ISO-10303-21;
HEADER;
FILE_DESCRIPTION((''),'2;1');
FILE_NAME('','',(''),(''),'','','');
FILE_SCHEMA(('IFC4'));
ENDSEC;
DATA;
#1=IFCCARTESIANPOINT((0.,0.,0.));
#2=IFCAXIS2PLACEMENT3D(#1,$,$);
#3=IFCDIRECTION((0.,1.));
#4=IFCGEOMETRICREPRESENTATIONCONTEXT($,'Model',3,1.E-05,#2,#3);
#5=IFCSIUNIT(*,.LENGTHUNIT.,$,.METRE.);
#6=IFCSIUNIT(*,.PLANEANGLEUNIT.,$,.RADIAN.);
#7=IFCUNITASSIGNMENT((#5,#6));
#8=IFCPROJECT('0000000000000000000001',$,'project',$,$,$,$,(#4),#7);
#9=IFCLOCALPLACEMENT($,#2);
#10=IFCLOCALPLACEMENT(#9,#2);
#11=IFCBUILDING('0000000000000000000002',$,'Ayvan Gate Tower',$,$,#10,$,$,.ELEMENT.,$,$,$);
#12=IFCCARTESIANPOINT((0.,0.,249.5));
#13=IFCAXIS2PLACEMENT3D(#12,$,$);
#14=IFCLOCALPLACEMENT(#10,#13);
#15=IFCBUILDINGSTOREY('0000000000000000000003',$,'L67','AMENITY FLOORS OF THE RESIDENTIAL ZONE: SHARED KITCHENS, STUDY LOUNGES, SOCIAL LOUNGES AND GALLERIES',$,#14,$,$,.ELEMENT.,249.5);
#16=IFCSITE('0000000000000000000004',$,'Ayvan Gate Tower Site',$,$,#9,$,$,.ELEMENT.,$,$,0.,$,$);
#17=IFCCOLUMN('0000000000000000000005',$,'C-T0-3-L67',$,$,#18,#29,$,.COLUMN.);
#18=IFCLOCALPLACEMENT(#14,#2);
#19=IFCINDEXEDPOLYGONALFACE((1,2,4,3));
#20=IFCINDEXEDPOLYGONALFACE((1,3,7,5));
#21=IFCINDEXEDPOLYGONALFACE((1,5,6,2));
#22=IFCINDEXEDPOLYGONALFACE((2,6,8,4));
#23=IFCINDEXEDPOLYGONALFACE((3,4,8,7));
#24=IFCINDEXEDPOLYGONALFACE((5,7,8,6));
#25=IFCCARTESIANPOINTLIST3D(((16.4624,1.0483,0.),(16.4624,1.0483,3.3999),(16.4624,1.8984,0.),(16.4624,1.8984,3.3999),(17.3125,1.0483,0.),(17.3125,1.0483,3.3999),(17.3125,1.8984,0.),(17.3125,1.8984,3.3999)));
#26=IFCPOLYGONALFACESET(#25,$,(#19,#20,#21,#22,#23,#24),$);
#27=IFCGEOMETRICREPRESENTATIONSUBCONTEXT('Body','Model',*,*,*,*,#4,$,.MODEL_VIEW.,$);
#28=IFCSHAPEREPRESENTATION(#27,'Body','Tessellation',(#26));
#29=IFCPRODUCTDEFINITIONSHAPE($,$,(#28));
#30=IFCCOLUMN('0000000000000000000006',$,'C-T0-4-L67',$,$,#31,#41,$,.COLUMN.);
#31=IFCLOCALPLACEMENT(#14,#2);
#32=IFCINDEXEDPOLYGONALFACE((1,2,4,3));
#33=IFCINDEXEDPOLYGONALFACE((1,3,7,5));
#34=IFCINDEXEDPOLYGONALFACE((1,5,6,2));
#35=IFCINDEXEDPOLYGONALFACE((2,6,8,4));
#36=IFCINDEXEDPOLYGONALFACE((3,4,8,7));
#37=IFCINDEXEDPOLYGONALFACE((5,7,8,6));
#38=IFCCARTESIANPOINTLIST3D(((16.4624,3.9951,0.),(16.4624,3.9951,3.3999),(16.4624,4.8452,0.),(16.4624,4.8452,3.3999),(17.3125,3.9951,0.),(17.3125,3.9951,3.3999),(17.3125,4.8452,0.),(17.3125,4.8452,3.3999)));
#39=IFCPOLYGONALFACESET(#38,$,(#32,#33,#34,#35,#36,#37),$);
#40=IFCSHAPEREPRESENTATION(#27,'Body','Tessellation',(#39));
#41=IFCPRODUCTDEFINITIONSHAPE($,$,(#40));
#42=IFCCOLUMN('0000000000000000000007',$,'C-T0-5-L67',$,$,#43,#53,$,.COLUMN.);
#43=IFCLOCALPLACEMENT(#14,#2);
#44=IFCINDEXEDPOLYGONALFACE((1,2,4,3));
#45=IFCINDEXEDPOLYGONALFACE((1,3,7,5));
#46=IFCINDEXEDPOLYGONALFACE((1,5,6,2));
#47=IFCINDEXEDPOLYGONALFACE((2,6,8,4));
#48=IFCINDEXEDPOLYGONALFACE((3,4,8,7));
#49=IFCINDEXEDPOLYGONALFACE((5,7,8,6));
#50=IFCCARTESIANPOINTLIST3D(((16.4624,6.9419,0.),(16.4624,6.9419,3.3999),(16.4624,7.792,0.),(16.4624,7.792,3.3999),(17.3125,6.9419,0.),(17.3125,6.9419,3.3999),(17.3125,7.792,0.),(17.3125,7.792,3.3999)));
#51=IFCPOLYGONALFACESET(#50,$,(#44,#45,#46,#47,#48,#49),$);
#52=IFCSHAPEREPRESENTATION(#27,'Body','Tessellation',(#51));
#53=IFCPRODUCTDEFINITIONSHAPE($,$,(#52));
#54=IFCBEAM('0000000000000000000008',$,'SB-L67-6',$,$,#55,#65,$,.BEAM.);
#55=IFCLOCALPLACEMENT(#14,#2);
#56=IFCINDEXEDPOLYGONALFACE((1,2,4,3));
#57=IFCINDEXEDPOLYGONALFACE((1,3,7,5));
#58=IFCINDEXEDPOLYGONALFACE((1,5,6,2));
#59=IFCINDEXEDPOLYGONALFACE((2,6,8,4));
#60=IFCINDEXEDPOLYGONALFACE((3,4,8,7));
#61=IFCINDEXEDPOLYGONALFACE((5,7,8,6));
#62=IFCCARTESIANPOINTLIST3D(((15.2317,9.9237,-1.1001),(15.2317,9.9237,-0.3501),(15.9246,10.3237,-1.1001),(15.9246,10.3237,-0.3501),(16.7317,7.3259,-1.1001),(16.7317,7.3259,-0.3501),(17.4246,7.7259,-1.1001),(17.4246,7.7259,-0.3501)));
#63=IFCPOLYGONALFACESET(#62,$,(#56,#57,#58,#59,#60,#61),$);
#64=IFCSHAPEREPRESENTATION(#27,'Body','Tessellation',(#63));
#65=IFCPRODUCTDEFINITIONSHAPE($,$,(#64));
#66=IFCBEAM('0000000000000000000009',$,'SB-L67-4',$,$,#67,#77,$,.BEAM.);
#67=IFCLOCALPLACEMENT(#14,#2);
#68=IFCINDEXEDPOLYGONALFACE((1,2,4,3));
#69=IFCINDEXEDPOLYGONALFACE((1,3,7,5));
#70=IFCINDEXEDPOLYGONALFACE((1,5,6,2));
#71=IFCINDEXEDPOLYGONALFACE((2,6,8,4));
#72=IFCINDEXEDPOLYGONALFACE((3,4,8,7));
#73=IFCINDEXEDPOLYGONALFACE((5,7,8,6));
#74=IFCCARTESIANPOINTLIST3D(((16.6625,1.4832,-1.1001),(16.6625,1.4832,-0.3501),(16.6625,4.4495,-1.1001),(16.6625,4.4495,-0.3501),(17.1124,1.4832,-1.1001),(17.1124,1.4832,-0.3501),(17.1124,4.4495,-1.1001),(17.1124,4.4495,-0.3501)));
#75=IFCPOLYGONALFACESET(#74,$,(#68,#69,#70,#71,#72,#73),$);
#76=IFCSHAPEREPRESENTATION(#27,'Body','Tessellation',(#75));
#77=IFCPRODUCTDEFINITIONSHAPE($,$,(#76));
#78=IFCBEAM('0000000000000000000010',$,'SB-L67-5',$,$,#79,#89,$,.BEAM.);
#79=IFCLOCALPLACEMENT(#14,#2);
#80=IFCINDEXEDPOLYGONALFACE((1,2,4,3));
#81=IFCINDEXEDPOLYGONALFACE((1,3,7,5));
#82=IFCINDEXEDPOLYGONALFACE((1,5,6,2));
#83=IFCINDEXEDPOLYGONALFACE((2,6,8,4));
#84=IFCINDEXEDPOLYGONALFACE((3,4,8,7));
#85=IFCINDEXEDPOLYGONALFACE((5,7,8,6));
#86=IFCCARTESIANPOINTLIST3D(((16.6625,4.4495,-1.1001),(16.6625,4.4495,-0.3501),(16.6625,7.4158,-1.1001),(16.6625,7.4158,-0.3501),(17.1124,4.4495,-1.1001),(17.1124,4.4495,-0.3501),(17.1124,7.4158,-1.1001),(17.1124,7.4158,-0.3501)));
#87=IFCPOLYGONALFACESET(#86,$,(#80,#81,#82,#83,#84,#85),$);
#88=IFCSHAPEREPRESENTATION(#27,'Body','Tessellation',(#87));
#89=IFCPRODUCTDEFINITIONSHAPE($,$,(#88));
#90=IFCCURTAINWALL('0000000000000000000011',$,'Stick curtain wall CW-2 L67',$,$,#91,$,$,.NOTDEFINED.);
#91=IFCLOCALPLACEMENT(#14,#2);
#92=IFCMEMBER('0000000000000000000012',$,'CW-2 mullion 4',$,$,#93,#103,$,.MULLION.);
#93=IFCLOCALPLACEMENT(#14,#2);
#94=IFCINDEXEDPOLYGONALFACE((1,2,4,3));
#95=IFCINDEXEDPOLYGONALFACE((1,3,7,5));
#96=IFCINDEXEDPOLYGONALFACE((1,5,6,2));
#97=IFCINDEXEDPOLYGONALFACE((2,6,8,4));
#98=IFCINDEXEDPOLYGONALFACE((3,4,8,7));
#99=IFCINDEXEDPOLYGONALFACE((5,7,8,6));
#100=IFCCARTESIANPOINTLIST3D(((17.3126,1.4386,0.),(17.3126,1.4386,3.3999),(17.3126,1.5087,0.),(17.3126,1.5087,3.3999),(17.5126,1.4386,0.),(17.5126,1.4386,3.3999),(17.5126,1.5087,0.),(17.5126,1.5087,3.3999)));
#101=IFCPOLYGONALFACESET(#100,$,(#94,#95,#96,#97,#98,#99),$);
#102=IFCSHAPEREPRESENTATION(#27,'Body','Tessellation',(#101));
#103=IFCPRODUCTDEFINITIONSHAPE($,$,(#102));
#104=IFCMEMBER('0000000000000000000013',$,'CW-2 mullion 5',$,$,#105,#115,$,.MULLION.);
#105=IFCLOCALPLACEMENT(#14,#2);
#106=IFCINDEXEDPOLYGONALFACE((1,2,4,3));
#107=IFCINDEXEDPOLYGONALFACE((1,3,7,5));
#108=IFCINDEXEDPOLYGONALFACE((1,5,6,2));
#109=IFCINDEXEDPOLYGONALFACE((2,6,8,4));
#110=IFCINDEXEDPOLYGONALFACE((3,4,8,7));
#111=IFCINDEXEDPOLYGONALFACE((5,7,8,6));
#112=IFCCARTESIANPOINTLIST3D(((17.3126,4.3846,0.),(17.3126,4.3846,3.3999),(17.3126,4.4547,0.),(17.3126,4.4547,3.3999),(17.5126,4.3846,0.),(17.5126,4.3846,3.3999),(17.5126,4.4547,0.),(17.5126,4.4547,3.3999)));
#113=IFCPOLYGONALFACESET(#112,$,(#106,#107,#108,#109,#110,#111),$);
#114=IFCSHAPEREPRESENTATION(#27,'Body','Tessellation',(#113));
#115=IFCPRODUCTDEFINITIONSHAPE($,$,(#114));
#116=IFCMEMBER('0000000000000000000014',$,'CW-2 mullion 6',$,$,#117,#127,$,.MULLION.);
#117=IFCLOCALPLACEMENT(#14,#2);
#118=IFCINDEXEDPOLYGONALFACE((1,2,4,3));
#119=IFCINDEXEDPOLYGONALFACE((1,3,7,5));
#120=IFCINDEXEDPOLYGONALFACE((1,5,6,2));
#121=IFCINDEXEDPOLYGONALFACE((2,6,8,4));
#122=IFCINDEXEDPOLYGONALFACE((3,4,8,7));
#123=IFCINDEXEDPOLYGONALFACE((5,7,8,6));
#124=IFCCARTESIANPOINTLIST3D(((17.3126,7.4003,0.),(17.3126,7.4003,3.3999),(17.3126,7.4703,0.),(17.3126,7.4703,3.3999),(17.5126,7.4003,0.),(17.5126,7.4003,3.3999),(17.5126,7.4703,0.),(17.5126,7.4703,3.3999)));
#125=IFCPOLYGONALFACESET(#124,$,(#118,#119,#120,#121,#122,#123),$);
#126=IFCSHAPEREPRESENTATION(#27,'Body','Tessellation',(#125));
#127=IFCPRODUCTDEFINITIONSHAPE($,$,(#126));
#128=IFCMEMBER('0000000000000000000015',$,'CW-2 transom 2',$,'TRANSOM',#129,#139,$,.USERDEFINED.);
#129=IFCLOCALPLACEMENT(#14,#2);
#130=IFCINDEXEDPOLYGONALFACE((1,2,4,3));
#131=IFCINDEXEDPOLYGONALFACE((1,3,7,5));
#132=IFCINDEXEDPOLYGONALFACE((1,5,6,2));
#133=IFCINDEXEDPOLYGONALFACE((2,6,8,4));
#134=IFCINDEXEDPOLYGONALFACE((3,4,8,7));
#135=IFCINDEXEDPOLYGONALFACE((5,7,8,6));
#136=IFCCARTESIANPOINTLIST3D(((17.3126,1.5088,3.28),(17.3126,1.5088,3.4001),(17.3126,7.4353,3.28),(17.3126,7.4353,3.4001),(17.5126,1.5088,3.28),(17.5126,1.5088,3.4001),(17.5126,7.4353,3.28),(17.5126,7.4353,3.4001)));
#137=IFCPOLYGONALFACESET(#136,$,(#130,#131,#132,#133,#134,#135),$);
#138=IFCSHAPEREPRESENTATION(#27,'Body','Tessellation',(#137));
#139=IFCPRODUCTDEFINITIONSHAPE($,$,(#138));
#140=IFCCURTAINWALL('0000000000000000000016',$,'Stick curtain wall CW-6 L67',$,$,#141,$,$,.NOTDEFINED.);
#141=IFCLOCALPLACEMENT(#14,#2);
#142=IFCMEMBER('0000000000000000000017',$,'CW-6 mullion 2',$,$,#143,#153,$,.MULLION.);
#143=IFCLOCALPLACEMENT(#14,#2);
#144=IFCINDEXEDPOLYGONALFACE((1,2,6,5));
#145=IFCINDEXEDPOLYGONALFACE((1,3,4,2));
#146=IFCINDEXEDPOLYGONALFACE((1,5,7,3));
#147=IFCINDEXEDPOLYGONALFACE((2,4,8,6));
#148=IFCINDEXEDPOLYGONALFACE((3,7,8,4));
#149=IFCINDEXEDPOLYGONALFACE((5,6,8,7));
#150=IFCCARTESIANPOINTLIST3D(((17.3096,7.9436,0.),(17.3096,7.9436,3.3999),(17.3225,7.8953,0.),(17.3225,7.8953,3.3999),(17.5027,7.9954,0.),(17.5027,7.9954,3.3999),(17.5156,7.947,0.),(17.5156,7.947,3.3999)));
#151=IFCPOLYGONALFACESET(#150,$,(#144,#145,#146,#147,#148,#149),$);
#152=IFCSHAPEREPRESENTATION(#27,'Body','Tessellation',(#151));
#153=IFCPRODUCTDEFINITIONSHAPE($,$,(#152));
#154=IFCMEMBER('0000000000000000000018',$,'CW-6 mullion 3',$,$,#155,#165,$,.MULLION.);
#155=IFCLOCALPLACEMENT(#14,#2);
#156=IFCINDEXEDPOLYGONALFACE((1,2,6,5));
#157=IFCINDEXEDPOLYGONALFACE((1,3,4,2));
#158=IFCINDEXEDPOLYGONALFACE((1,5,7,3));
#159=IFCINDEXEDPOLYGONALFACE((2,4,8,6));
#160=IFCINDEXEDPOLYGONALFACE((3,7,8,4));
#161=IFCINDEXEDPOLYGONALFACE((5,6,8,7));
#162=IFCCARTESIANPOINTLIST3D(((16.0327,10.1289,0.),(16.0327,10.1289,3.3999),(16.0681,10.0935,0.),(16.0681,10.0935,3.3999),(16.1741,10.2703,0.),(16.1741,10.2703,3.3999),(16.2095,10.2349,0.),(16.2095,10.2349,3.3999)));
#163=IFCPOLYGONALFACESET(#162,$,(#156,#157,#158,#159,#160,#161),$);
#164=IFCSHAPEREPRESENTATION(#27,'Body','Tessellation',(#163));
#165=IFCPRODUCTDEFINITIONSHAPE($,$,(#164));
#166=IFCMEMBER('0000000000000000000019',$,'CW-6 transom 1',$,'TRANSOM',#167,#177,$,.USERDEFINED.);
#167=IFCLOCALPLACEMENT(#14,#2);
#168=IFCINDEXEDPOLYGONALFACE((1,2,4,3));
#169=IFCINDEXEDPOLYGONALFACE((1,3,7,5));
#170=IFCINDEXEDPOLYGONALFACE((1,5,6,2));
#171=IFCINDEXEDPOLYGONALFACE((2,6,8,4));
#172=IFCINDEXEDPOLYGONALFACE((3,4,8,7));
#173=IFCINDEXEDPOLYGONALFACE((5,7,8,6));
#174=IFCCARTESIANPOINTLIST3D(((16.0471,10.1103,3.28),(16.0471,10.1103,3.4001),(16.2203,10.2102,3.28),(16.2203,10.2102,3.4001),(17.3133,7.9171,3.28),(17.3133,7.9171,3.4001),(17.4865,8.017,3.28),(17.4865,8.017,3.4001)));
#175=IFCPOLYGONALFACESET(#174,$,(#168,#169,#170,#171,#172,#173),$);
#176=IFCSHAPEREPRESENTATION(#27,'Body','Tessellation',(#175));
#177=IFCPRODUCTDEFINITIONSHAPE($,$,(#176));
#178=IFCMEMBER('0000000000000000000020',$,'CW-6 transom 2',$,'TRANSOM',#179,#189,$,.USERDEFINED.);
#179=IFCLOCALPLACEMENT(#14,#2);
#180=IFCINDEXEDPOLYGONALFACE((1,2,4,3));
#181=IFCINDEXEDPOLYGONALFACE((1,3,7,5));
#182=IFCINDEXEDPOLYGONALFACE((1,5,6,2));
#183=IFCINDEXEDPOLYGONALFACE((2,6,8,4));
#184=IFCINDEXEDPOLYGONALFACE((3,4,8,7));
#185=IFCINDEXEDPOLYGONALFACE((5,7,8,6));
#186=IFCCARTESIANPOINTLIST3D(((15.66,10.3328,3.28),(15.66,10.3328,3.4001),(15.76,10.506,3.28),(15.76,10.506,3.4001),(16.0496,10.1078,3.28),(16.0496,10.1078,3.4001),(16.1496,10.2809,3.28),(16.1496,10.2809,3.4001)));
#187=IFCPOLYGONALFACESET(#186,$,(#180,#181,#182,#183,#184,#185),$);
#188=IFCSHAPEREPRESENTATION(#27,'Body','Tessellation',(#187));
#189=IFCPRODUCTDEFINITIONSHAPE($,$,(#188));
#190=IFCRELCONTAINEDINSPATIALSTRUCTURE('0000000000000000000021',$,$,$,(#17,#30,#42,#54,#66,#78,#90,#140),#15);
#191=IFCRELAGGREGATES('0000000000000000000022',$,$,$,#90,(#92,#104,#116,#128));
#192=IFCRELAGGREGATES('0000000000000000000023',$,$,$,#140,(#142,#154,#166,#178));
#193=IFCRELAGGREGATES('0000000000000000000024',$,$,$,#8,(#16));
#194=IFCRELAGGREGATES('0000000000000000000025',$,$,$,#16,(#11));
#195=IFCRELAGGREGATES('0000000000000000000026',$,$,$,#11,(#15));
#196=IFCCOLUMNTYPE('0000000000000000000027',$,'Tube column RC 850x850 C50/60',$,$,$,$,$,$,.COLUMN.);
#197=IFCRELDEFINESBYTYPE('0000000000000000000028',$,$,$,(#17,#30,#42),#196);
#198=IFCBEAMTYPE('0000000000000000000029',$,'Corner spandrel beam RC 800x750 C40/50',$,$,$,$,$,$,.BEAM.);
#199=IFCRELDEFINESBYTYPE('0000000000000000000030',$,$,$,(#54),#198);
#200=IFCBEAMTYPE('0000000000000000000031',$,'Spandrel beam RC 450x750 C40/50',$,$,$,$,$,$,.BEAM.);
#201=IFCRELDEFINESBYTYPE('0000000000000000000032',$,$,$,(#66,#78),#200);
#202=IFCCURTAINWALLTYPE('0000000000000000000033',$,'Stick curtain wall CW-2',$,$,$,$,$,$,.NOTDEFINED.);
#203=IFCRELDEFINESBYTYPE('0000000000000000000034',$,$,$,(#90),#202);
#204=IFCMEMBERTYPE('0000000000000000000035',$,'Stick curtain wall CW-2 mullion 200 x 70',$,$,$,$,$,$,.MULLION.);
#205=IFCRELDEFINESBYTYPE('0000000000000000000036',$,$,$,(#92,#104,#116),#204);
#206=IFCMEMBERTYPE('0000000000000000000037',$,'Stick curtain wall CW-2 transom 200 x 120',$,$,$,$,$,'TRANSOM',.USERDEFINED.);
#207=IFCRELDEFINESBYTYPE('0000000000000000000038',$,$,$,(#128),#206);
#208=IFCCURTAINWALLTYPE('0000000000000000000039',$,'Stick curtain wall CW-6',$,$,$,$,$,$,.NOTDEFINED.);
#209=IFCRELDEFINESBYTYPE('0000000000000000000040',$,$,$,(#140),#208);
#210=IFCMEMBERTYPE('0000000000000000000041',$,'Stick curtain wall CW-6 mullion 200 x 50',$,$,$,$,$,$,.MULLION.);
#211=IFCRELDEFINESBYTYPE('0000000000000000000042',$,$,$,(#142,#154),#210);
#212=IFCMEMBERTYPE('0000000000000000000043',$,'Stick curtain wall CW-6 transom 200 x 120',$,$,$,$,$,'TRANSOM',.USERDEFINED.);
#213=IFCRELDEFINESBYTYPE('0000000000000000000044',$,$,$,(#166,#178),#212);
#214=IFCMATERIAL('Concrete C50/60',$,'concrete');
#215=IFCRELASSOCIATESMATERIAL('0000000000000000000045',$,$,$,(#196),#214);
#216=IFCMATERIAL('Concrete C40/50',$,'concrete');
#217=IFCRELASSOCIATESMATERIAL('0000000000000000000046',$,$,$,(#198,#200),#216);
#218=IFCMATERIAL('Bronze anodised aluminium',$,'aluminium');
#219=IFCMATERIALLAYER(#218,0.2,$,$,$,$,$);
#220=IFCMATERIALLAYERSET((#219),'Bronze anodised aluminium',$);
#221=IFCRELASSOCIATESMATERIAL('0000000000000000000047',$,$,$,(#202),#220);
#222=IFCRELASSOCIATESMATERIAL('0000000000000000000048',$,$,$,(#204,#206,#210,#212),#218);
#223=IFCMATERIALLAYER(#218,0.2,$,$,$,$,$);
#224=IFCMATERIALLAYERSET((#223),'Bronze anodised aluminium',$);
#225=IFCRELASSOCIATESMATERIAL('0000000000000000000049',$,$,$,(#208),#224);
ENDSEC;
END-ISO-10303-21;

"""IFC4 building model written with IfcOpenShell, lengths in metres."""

from ifc_helpers import new_model, si_unit, direction, frame, origin, origin_2d, place, context, subcontext, project, spatial, rectangle, extrude, material, layer, layer_set, material_profile, profile_set, type_object, element, aggregate, save


model = new_model("IFC4")

# Units and contexts
model_context = context("Model", 3, precision=1e-05, world=origin(), true_north=direction((0.0, 1.0)))
body_context = subcontext(model_context, "Body", "Model", "MODEL_VIEW")
ifc_project = project(units=[si_unit("LENGTHUNIT", "METRE"), si_unit("PLANEANGLEUNIT", "RADIAN")], contexts=[model_context])

# Site, building, storey
site_placement = place(None, origin())
site = spatial("IfcSite", under=ifc_project, at=site_placement, Name="Ayvan Gate Tower Site", CompositionType="ELEMENT", RefElevation=0.0)
building_placement = place(site_placement, origin())
building = spatial("IfcBuilding", under=site, at=building_placement, Name="Ayvan Gate Tower", CompositionType="ELEMENT")
storey_placement = place(building_placement, frame((0.0, 0.0, 249.5)))
storey = spatial("IfcBuildingStorey", under=building, at=storey_placement, Name="L67", Description="AMENITY FLOORS OF THE RESIDENTIAL ZONE: SHARED KITCHENS, STUDY LOUNGES, SOCIAL LOUNGES AND GALLERIES", CompositionType="ELEMENT", Elevation=249.5)

# Columns
ifc_material_1 = material(Name="Concrete C50/60", Category="concrete")
ifc_material_profile_1 = material_profile(ifc_material_1, rectangle(XDim=0.8501, YDim=0.8501, at=origin_2d()), Name="RC 850x850")
ifc_profile_set_1 = profile_set([ifc_material_profile_1], Name="Concrete C50/60")
column_type = type_object("IfcColumnType", Name="Tube column RC 850x850 C50/60", PredefinedType="COLUMN", material=ifc_profile_set_1)
for number, where, z_axis, x_axis, name in (
    (1, (16.8875, 1.4734, 0.0), (0.0, 0.0, 1.0), (1.0, 0.0, 0.0), "C-T0-3-L67"),
    (2, (16.8875, 4.4202, 0.0), (0.0, 0.0, 1.0), (1.0, 0.0, 0.0), "C-T0-4-L67"),
    (3, (16.8875, 7.3669, 0.0), (0.0, 0.0, 1.0), (1.0, 0.0, 0.0), "C-T0-5-L67"),
):
    element("IfcColumn", number, at=place(storey_placement, frame(where, z_axis=z_axis, x_axis=x_axis)), inside=storey, type_object=column_type, Name=name, PredefinedType="COLUMN", context=body_context, shape_type="SweptSolid", body=[
        extrude(rectangle(XDim=0.8501, YDim=0.8501, at=origin_2d()), origin(), (0.0, 0.0, 1.0), 3.3999),
    ])

# Beams
ifc_material_2 = material(Name="Concrete C40/50", Category="concrete")
ifc_material_profile_2 = material_profile(ifc_material_2, rectangle(XDim=0.8, YDim=0.75, at=origin_2d()), Name="RC 800x750")
ifc_profile_set_2 = profile_set([ifc_material_profile_2], Name="Concrete C40/50")
beam_type_1 = type_object("IfcBeamType", Name="Corner spandrel beam RC 800x750 C40/50", PredefinedType="BEAM", material=ifc_profile_set_2)
beam_placement = place(storey_placement, frame((17.0781, 7.5259, -0.7251), z_axis=(-0.500025, 0.866011, 0.0), x_axis=(-0.866011, -0.500025, 0.0)))
element("IfcBeam", 4, at=beam_placement, inside=storey, type_object=beam_type_1, Name="SB-L67-6", PredefinedType="BEAM", context=body_context, shape_type="SweptSolid", body=[
    extrude(rectangle(XDim=0.8, YDim=0.75, at=origin_2d()), origin(), (0.0, 0.0, 1.0), 2.9998),
])
ifc_material_profile_3 = material_profile(ifc_material_2, rectangle(XDim=0.45, YDim=0.75, at=origin_2d()), Name="RC 450x750")
ifc_profile_set_3 = profile_set([ifc_material_profile_3], Name="Concrete C40/50")
beam_type_2 = type_object("IfcBeamType", Name="Spandrel beam RC 450x750 C40/50", PredefinedType="BEAM", material=ifc_profile_set_3)
for number, where, z_axis, x_axis, name in (
    (5, (16.8875, 1.4832, -0.7251), (0.0, 1.0, 0.0), (-1.0, 0.0, 0.0), "SB-L67-4"),
    (6, (16.8875, 4.4495, -0.7251), (0.0, 1.0, 0.0), (-1.0, 0.0, 0.0), "SB-L67-5"),
):
    element("IfcBeam", number, at=place(storey_placement, frame(where, z_axis=z_axis, x_axis=x_axis)), inside=storey, type_object=beam_type_2, Name=name, PredefinedType="BEAM", context=body_context, shape_type="SweptSolid", body=[
        extrude(rectangle(XDim=0.45, YDim=0.75, at=origin_2d()), origin(), (0.0, 0.0, 1.0), 2.9663),
    ])

# Curtain walls, members
ifc_material_3 = material(Name="Bronze anodised aluminium", Category="aluminium")
ifc_layer_1 = layer(ifc_material_3, 0.2)
ifc_layer_set_1 = layer_set([ifc_layer_1], Name="Bronze anodised aluminium")
curtain_wall_type_1 = type_object("IfcCurtainWallType", Name="Stick curtain wall CW-2", PredefinedType="NOTDEFINED", material=ifc_layer_set_1)
curtain_wall_1_placement = place(storey_placement, origin())
curtain_wall_1 = element("IfcCurtainWall", 7, at=curtain_wall_1_placement, inside=storey, type_object=curtain_wall_type_1, Name="Stick curtain wall CW-2 L67", PredefinedType="NOTDEFINED")
ifc_material_profile_4 = material_profile(ifc_material_3, rectangle(XDim=0.2, YDim=0.0701, at=origin_2d()), Name="Stick curtain wall CW-2 mullion 200 x 70")
ifc_profile_set_4 = profile_set([ifc_material_profile_4], Name="Bronze anodised aluminium")
member_type_1 = type_object("IfcMemberType", Name="Stick curtain wall CW-2 mullion 200 x 70", PredefinedType="MULLION", material=ifc_profile_set_4)
member_1_placement = place(storey_placement, frame((17.4126, 1.4736, 0.0), z_axis=(0.0, 0.0, 1.0), x_axis=(1.0, 0.0, 0.0)))
member_1 = element("IfcMember", 8, at=member_1_placement, type_object=member_type_1, Name="CW-2 mullion 4", PredefinedType="MULLION", context=body_context, shape_type="SweptSolid", body=[
    extrude(rectangle(XDim=0.2, YDim=0.0701, at=origin_2d()), origin(), (0.0, 0.0, 1.0), 3.3999),
])
member_2_placement = place(storey_placement, frame((17.4126, 4.4197, 0.0), z_axis=(0.0, 0.0, 1.0), x_axis=(1.0, 0.0, 0.0)))
member_2 = element("IfcMember", 9, at=member_2_placement, type_object=member_type_1, Name="CW-2 mullion 5", PredefinedType="MULLION", context=body_context, shape_type="SweptSolid", body=[
    extrude(rectangle(XDim=0.2, YDim=0.0701, at=origin_2d()), origin(), (0.0, 0.0, 1.0), 3.3999),
])
member_3_placement = place(storey_placement, frame((17.4126, 7.4353, 0.0), z_axis=(0.0, 0.0, 1.0), x_axis=(1.0, 0.0, 0.0)))
member_3 = element("IfcMember", 10, at=member_3_placement, type_object=member_type_1, Name="CW-2 mullion 6", PredefinedType="MULLION", context=body_context, shape_type="SweptSolid", body=[
    extrude(rectangle(XDim=0.2, YDim=0.0701, at=origin_2d()), origin(), (0.0, 0.0, 1.0), 3.3999),
])
ifc_material_profile_5 = material_profile(ifc_material_3, rectangle(XDim=0.2, YDim=0.1201, at=origin_2d()), Name="Stick curtain wall CW-2 transom 200 x 120")
ifc_profile_set_5 = profile_set([ifc_material_profile_5], Name="Bronze anodised aluminium")
member_type_2 = type_object("IfcMemberType", Name="Stick curtain wall CW-2 transom 200 x 120", ElementType="TRANSOM", PredefinedType="USERDEFINED", material=ifc_profile_set_5)
member_4_placement = place(storey_placement, frame((17.4126, 1.5088, 3.3401), z_axis=(0.0, 1.0, 0.0), x_axis=(-1.0, 0.0, 0.0)))
member_4 = element("IfcMember", 11, at=member_4_placement, type_object=member_type_2, Name="CW-2 transom 2", ObjectType="TRANSOM", PredefinedType="USERDEFINED", context=body_context, shape_type="SweptSolid", body=[
    extrude(rectangle(XDim=0.2, YDim=0.1201, at=origin_2d()), origin(), (0.0, 0.0, 1.0), 5.9265),
])
ifc_layer_2 = layer(ifc_material_3, 0.2)
ifc_layer_set_2 = layer_set([ifc_layer_2], Name="Bronze anodised aluminium")
curtain_wall_type_2 = type_object("IfcCurtainWallType", Name="Stick curtain wall CW-6", PredefinedType="NOTDEFINED", material=ifc_layer_set_2)
curtain_wall_2_placement = place(storey_placement, origin())
curtain_wall_2 = element("IfcCurtainWall", 12, at=curtain_wall_2_placement, inside=storey, type_object=curtain_wall_type_2, Name="Stick curtain wall CW-6 L67", PredefinedType="NOTDEFINED")
ifc_material_profile_6 = material_profile(ifc_material_3, rectangle(XDim=0.2, YDim=0.05, at=origin_2d()), Name="Stick curtain wall CW-6 mullion 200 x 50")
ifc_profile_set_6 = profile_set([ifc_material_profile_6], Name="Bronze anodised aluminium")
member_type_3 = type_object("IfcMemberType", Name="Stick curtain wall CW-6 mullion 200 x 50", PredefinedType="MULLION", material=ifc_profile_set_6)
member_5_placement = place(storey_placement, frame((17.4126, 7.9453, 0.0), z_axis=(0.0, 0.0, 1.0), x_axis=(0.965926, 0.258819, 0.0)))
member_5 = element("IfcMember", 13, at=member_5_placement, type_object=member_type_3, Name="CW-6 mullion 2", PredefinedType="MULLION", context=body_context, shape_type="SweptSolid", body=[
    extrude(rectangle(XDim=0.2, YDim=0.05, at=origin_2d()), origin(), (0.0, 0.0, 1.0), 3.3999),
])
member_6_placement = place(storey_placement, frame((16.1211, 10.1819, 0.0), z_axis=(0.0, 0.0, 1.0), x_axis=(0.707107, 0.707107, 0.0)))
member_6 = element("IfcMember", 14, at=member_6_placement, type_object=member_type_3, Name="CW-6 mullion 3", PredefinedType="MULLION", context=body_context, shape_type="SweptSolid", body=[
    extrude(rectangle(XDim=0.2, YDim=0.05, at=origin_2d()), origin(), (0.0, 0.0, 1.0), 3.3999),
])
ifc_material_profile_7 = material_profile(ifc_material_3, rectangle(XDim=0.2, YDim=0.1201, at=origin_2d()), Name="Stick curtain wall CW-6 transom 200 x 120")
ifc_profile_set_7 = profile_set([ifc_material_profile_7], Name="Bronze anodised aluminium")
member_type_4 = type_object("IfcMemberType", Name="Stick curtain wall CW-6 transom 200 x 120", ElementType="TRANSOM", PredefinedType="USERDEFINED", material=ifc_profile_set_7)
member_7_placement = place(storey_placement, frame((17.3999, 7.967, 3.3401), z_axis=(-0.499976, 0.866039, 0.0), x_axis=(-0.866039, -0.499976, 0.0)))
member_7 = element("IfcMember", 15, at=member_7_placement, type_object=member_type_4, Name="CW-6 transom 1", ObjectType="TRANSOM", PredefinedType="USERDEFINED", context=body_context, shape_type="SweptSolid", body=[
    extrude(rectangle(XDim=0.2, YDim=0.1201, at=origin_2d()), origin(), (0.0, 0.0, 1.0), 2.5325),
])
member_8_placement = place(storey_placement, frame((16.0996, 10.1943, 3.3401), z_axis=(-0.865896, 0.500223, 0.0), x_axis=(-0.500223, -0.865896, 0.0)))
member_8 = element("IfcMember", 16, at=member_8_placement, type_object=member_type_4, Name="CW-6 transom 2", ObjectType="TRANSOM", PredefinedType="USERDEFINED", context=body_context, shape_type="SweptSolid", body=[
    extrude(rectangle(XDim=0.2, YDim=0.1201, at=origin_2d()), origin(), (0.0, 0.0, 1.0), 0.45),
])

aggregate(curtain_wall_1, [member_1, member_2, member_3, member_4])
aggregate(curtain_wall_2, [member_5, member_6, member_7, member_8])

save(model, "model.ifc")
